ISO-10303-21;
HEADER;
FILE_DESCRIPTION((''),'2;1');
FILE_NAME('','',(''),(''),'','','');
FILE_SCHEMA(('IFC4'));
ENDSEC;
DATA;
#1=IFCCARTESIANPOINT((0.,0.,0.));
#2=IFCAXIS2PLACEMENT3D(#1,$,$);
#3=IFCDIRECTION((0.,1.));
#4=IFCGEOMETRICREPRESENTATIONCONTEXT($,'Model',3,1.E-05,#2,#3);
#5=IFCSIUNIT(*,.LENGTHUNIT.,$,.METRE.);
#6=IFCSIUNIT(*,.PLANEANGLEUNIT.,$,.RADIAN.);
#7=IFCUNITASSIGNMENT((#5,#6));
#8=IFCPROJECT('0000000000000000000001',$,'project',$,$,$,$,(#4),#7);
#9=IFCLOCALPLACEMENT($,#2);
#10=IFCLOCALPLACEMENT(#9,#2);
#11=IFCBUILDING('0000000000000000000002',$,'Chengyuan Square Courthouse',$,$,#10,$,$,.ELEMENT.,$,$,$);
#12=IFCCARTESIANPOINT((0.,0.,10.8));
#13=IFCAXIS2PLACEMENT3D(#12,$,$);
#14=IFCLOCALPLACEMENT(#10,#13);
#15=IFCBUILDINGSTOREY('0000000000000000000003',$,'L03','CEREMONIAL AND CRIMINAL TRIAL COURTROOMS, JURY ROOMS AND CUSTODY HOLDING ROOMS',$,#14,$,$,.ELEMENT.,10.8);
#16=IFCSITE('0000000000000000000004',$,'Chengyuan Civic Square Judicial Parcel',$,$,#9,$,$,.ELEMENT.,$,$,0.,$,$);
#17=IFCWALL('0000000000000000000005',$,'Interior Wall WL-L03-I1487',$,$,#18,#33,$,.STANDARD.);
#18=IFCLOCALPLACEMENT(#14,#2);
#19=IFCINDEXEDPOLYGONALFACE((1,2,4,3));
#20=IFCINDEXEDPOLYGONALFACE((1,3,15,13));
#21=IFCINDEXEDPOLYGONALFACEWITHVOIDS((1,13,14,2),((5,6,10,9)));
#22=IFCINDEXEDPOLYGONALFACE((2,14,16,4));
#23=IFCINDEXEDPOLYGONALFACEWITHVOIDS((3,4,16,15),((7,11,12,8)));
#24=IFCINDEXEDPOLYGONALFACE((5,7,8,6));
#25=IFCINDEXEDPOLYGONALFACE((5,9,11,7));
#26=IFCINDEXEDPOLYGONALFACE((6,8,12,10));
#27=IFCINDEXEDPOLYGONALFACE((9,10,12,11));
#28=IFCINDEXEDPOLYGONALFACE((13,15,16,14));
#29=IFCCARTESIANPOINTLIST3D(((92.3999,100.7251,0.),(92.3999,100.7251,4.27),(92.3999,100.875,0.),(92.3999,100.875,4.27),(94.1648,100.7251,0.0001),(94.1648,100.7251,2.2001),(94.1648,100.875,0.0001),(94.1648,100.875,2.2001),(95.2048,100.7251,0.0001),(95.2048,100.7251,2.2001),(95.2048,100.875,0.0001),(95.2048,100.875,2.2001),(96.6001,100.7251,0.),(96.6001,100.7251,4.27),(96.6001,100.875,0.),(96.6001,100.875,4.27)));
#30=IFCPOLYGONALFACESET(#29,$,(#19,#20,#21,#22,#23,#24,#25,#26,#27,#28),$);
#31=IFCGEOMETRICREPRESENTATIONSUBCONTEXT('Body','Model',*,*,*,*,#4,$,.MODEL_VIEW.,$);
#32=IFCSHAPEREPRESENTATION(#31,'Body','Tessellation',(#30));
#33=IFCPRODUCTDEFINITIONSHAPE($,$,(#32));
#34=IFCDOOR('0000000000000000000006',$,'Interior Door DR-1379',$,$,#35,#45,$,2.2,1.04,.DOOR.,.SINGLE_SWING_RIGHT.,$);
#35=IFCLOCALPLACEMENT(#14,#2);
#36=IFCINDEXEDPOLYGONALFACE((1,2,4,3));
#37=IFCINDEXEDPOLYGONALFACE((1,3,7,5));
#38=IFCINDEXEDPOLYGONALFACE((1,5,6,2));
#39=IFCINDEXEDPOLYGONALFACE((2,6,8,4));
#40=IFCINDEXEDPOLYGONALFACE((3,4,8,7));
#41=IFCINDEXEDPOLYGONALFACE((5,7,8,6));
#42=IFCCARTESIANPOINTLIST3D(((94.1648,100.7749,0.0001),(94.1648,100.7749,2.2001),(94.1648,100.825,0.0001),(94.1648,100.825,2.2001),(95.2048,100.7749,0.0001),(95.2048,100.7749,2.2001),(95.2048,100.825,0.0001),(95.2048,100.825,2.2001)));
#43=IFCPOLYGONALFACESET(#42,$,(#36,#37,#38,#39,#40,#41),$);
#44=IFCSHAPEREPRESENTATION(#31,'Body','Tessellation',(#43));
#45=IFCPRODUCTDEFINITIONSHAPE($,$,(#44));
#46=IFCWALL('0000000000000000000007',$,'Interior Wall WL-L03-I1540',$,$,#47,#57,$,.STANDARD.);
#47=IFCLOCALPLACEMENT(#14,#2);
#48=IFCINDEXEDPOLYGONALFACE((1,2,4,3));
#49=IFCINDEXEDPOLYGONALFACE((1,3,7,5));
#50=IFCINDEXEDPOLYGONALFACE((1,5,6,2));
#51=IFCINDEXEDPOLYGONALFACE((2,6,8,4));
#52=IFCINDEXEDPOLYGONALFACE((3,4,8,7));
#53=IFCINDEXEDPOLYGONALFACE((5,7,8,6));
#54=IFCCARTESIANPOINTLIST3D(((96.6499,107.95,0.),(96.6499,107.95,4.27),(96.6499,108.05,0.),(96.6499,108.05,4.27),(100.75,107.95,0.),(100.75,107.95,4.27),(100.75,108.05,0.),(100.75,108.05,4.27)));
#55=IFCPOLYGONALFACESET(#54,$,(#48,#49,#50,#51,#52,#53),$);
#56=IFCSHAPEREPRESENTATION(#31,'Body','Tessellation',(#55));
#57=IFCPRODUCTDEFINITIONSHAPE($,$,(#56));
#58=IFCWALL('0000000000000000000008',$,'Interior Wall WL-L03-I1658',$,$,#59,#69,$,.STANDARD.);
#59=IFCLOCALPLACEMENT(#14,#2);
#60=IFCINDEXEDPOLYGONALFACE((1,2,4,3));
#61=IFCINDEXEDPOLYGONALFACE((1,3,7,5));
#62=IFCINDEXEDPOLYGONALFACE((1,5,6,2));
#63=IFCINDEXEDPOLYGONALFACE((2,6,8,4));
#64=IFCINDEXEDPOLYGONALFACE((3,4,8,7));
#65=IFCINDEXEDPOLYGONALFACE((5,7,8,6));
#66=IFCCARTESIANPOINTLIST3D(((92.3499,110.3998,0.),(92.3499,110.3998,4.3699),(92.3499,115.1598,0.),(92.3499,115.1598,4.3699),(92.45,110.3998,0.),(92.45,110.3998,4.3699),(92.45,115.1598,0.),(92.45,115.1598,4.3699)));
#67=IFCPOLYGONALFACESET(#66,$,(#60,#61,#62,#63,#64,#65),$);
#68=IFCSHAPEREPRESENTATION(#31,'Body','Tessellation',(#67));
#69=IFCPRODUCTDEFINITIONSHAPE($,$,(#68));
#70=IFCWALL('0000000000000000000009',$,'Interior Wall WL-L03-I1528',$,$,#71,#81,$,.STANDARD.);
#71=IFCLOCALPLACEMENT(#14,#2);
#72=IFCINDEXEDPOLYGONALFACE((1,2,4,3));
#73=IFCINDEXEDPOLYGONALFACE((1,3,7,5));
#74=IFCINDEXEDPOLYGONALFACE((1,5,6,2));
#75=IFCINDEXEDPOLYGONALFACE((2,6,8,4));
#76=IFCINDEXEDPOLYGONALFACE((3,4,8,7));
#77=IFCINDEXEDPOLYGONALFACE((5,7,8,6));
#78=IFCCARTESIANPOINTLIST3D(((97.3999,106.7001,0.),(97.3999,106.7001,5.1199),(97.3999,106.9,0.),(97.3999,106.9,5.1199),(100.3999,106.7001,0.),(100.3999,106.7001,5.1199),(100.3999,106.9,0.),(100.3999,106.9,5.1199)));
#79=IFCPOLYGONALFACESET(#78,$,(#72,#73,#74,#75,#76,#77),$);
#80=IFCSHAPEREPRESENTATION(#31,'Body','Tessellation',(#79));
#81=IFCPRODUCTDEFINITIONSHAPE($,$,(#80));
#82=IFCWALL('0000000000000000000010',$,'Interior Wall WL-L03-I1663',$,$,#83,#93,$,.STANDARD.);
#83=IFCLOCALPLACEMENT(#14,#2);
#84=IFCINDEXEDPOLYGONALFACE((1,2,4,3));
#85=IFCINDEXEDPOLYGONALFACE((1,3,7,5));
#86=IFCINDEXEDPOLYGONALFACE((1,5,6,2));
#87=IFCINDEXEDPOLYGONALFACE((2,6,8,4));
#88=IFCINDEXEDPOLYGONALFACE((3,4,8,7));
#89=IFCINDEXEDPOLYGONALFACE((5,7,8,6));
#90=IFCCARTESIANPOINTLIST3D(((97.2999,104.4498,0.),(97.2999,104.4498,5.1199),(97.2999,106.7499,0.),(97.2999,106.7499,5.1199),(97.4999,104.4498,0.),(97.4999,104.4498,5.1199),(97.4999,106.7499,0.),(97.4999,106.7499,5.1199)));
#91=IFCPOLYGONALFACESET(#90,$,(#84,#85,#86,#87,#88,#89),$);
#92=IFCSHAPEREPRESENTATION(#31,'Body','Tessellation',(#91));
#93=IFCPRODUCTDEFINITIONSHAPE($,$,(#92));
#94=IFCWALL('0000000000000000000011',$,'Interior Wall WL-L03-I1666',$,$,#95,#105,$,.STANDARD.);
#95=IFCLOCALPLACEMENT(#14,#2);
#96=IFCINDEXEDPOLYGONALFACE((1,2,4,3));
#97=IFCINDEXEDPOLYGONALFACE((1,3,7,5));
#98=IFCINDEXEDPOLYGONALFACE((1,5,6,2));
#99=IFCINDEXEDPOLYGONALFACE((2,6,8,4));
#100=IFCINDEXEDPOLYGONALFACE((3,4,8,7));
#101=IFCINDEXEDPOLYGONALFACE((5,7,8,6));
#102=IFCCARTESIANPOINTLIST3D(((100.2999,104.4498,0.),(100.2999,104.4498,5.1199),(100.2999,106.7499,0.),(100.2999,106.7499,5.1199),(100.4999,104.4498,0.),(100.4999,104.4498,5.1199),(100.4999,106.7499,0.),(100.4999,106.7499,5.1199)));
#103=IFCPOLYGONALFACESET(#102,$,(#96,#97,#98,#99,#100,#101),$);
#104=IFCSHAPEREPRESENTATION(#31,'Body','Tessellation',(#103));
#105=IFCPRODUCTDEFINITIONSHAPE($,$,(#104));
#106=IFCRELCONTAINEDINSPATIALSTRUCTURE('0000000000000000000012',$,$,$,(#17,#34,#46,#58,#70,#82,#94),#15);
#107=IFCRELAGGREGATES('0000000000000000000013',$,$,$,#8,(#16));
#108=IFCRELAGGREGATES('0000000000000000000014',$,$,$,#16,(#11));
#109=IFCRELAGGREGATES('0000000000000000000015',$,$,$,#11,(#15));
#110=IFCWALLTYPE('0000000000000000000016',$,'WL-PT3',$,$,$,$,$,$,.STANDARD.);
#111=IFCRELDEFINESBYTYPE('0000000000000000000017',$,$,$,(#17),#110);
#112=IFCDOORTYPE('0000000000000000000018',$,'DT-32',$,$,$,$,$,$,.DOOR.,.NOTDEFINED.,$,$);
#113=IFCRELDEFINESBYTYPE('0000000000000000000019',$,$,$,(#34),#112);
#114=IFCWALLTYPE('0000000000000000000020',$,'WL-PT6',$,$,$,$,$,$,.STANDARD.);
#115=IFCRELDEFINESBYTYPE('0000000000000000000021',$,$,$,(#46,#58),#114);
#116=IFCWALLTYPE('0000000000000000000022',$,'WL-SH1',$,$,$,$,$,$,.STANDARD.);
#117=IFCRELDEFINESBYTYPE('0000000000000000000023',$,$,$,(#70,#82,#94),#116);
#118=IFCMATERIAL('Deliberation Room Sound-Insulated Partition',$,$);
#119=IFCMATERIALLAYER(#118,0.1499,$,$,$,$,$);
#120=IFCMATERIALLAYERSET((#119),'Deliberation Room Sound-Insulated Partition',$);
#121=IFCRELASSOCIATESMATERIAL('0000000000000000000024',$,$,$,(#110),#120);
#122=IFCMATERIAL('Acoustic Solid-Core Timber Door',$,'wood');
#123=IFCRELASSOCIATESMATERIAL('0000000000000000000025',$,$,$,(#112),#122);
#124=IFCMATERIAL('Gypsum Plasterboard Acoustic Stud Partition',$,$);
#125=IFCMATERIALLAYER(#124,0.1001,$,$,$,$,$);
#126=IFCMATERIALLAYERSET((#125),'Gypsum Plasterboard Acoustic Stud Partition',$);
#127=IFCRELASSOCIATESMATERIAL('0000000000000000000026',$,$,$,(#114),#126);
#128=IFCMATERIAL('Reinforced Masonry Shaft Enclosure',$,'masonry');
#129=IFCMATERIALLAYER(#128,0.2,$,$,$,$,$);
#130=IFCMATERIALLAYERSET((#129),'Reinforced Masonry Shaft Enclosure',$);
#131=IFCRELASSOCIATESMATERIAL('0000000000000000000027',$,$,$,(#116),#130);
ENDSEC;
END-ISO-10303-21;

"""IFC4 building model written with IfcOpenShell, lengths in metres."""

from ifc_helpers import new_model, si_unit, direction, frame, frame_2d, origin, place, context, subcontext, project, spatial, rectangle, extrude, material, layer, layer_set, type_object, element, fill, save


model = new_model("IFC4")

# Units and contexts
model_context = context("Model", 3, precision=1e-05, world=origin(), true_north=direction((0.0, 1.0)))
body_context = subcontext(model_context, "Body", "Model", "MODEL_VIEW")
ifc_project = project(units=[si_unit("LENGTHUNIT", "METRE"), si_unit("PLANEANGLEUNIT", "RADIAN")], contexts=[model_context])

# Site, building, storey
site_placement = place(None, origin())
site = spatial("IfcSite", under=ifc_project, at=site_placement, Name="Chengyuan Civic Square Judicial Parcel", CompositionType="ELEMENT", RefElevation=0.0)
building_placement = place(site_placement, origin())
building = spatial("IfcBuilding", under=site, at=building_placement, Name="Chengyuan Square Courthouse", CompositionType="ELEMENT")
storey_placement = place(building_placement, frame((0.0, 0.0, 10.8)))
storey = spatial("IfcBuildingStorey", under=building, at=storey_placement, Name="L03", Description="CEREMONIAL AND CRIMINAL TRIAL COURTROOMS, JURY ROOMS AND CUSTODY HOLDING ROOMS", CompositionType="ELEMENT", Elevation=10.8)

# Wall, opening, door
ifc_material_1 = material(Name="Deliberation Room Sound-Insulated Partition")
ifc_layer_1 = layer(ifc_material_1, 0.1499)
ifc_layer_set_1 = layer_set([ifc_layer_1], Name="Deliberation Room Sound-Insulated Partition")
wall_type_1 = type_object("IfcWallType", Name="WL-PT3", PredefinedType="STANDARD", material=ifc_layer_set_1)
wall_1_placement = place(storey_placement, frame((92.3999, 100.8, 0.0), z_axis=(0.0, 0.0, 1.0), x_axis=(1.0, 0.0, 0.0)))
wall_1 = element("IfcWall", 1, at=wall_1_placement, inside=storey, type_object=wall_type_1, Name="Interior Wall WL-L03-I1487", PredefinedType="STANDARD", context=body_context, shape_type="SweptSolid", body=[
    extrude(rectangle(XDim=4.2002, YDim=0.1499, at=frame_2d((2.1001, 0.0))), origin(), (0.0, 0.0, 1.0), 4.27),
])
opening_1_placement = place(wall_1_placement, frame((1.7649, 0.0, 0.0)))
opening_1 = element("IfcOpeningElement", 2, at=opening_1_placement, cuts=wall_1, PredefinedType="OPENING", context=body_context, shape_type="SweptSolid", body=[
    extrude(rectangle(XDim=1.04, YDim=2.2, at=frame_2d((0.52, 1.1001))), frame((0.0, 0.0869, 0.0), z_axis=(0.0, -1.0, 0.0), x_axis=(1.0, 0.0, 0.0)), (0.0, 0.0, 1.0), 0.1738),
])
ifc_material_2 = material(Name="Acoustic Solid-Core Timber Door", Category="wood")
door_type_1 = type_object("IfcDoorType", Name="DT-32", OperationType="NOTDEFINED", PredefinedType="DOOR", material=ifc_material_2)
door_1_placement = place(opening_1_placement, origin())
door_1 = element("IfcDoor", 3, at=door_1_placement, inside=storey, type_object=door_type_1, Name="Interior Door DR-1379", OperationType="SINGLE_SWING_RIGHT", OverallHeight=2.2, OverallWidth=1.04, PredefinedType="DOOR", context=body_context, shape_type="SweptSolid", body=[
    extrude(rectangle(XDim=1.04, YDim=2.2, at=frame_2d((0.52, 1.1001))), frame((0.0, 0.0249, 0.0), z_axis=(0.0, -1.0, 0.0), x_axis=(1.0, 0.0, 0.0)), (0.0, 0.0, 1.0), 0.05),
])
fill(opening_1, door_1)

# Walls
ifc_material_3 = material(Name="Gypsum Plasterboard Acoustic Stud Partition")
ifc_layer_2 = layer(ifc_material_3, 0.1001)
ifc_layer_set_2 = layer_set([ifc_layer_2], Name="Gypsum Plasterboard Acoustic Stud Partition")
wall_type_2 = type_object("IfcWallType", Name="WL-PT6", PredefinedType="STANDARD", material=ifc_layer_set_2)
wall_2_placement = place(storey_placement, frame((96.6499, 108.0, 0.0), z_axis=(0.0, 0.0, 1.0), x_axis=(1.0, 0.0, 0.0)))
element("IfcWall", 4, at=wall_2_placement, inside=storey, type_object=wall_type_2, Name="Interior Wall WL-L03-I1540", PredefinedType="STANDARD", context=body_context, shape_type="SweptSolid", body=[
    extrude(rectangle(XDim=4.1001, YDim=0.1001, at=frame_2d((2.05, 0.0))), origin(), (0.0, 0.0, 1.0), 4.27),
])
wall_3_placement = place(storey_placement, frame((92.3999, 110.3999, 0.0), z_axis=(0.0, 0.0, 1.0), x_axis=(0.0, 1.0, 0.0)))
element("IfcWall", 5, at=wall_3_placement, inside=storey, type_object=wall_type_2, Name="Interior Wall WL-L03-I1658", PredefinedType="STANDARD", context=body_context, shape_type="SweptSolid", body=[
    extrude(rectangle(XDim=4.76, YDim=0.1001, at=frame_2d((2.3799, 0.0))), origin(), (0.0, 0.0, 1.0), 4.3699),
])

# Shared definitions
ifc_material_4 = material(Name="Reinforced Masonry Shaft Enclosure", Category="masonry")
ifc_layer_3 = layer(ifc_material_4, 0.2)
ifc_layer_set_3 = layer_set([ifc_layer_3], Name="Reinforced Masonry Shaft Enclosure")
wall_type_3 = type_object("IfcWallType", Name="WL-SH1", PredefinedType="STANDARD", material=ifc_layer_set_3)

# Walls
wall_4_placement = place(storey_placement, frame((97.3999, 106.8, 0.0), z_axis=(0.0, 0.0, 1.0), x_axis=(1.0, 0.0, 0.0)))
element("IfcWall", 6, at=wall_4_placement, inside=storey, type_object=wall_type_3, Name="Interior Wall WL-L03-I1528", PredefinedType="STANDARD", context=body_context, shape_type="SweptSolid", body=[
    extrude(rectangle(XDim=3.0, YDim=0.2, at=frame_2d((1.5, 0.0))), origin(), (0.0, 0.0, 1.0), 5.1199),
])
for number, where, z_axis, x_axis, name in (
    (7, (97.3999, 104.45, 0.0), (0.0, 0.0, 1.0), (0.0, 1.0, 0.0), "Interior Wall WL-L03-I1663"),
    (8, (100.3999, 104.45, 0.0), (0.0, 0.0, 1.0), (0.0, 1.0, 0.0), "Interior Wall WL-L03-I1666"),
):
    element("IfcWall", number, at=place(storey_placement, frame(where, z_axis=z_axis, x_axis=x_axis)), inside=storey, type_object=wall_type_3, Name=name, PredefinedType="STANDARD", context=body_context, shape_type="SweptSolid", body=[
        extrude(rectangle(XDim=2.3, YDim=0.2, at=frame_2d((1.1499, 0.0))), origin(), (0.0, 0.0, 1.0), 5.1199),
    ])

save(model, "model.ifc")
